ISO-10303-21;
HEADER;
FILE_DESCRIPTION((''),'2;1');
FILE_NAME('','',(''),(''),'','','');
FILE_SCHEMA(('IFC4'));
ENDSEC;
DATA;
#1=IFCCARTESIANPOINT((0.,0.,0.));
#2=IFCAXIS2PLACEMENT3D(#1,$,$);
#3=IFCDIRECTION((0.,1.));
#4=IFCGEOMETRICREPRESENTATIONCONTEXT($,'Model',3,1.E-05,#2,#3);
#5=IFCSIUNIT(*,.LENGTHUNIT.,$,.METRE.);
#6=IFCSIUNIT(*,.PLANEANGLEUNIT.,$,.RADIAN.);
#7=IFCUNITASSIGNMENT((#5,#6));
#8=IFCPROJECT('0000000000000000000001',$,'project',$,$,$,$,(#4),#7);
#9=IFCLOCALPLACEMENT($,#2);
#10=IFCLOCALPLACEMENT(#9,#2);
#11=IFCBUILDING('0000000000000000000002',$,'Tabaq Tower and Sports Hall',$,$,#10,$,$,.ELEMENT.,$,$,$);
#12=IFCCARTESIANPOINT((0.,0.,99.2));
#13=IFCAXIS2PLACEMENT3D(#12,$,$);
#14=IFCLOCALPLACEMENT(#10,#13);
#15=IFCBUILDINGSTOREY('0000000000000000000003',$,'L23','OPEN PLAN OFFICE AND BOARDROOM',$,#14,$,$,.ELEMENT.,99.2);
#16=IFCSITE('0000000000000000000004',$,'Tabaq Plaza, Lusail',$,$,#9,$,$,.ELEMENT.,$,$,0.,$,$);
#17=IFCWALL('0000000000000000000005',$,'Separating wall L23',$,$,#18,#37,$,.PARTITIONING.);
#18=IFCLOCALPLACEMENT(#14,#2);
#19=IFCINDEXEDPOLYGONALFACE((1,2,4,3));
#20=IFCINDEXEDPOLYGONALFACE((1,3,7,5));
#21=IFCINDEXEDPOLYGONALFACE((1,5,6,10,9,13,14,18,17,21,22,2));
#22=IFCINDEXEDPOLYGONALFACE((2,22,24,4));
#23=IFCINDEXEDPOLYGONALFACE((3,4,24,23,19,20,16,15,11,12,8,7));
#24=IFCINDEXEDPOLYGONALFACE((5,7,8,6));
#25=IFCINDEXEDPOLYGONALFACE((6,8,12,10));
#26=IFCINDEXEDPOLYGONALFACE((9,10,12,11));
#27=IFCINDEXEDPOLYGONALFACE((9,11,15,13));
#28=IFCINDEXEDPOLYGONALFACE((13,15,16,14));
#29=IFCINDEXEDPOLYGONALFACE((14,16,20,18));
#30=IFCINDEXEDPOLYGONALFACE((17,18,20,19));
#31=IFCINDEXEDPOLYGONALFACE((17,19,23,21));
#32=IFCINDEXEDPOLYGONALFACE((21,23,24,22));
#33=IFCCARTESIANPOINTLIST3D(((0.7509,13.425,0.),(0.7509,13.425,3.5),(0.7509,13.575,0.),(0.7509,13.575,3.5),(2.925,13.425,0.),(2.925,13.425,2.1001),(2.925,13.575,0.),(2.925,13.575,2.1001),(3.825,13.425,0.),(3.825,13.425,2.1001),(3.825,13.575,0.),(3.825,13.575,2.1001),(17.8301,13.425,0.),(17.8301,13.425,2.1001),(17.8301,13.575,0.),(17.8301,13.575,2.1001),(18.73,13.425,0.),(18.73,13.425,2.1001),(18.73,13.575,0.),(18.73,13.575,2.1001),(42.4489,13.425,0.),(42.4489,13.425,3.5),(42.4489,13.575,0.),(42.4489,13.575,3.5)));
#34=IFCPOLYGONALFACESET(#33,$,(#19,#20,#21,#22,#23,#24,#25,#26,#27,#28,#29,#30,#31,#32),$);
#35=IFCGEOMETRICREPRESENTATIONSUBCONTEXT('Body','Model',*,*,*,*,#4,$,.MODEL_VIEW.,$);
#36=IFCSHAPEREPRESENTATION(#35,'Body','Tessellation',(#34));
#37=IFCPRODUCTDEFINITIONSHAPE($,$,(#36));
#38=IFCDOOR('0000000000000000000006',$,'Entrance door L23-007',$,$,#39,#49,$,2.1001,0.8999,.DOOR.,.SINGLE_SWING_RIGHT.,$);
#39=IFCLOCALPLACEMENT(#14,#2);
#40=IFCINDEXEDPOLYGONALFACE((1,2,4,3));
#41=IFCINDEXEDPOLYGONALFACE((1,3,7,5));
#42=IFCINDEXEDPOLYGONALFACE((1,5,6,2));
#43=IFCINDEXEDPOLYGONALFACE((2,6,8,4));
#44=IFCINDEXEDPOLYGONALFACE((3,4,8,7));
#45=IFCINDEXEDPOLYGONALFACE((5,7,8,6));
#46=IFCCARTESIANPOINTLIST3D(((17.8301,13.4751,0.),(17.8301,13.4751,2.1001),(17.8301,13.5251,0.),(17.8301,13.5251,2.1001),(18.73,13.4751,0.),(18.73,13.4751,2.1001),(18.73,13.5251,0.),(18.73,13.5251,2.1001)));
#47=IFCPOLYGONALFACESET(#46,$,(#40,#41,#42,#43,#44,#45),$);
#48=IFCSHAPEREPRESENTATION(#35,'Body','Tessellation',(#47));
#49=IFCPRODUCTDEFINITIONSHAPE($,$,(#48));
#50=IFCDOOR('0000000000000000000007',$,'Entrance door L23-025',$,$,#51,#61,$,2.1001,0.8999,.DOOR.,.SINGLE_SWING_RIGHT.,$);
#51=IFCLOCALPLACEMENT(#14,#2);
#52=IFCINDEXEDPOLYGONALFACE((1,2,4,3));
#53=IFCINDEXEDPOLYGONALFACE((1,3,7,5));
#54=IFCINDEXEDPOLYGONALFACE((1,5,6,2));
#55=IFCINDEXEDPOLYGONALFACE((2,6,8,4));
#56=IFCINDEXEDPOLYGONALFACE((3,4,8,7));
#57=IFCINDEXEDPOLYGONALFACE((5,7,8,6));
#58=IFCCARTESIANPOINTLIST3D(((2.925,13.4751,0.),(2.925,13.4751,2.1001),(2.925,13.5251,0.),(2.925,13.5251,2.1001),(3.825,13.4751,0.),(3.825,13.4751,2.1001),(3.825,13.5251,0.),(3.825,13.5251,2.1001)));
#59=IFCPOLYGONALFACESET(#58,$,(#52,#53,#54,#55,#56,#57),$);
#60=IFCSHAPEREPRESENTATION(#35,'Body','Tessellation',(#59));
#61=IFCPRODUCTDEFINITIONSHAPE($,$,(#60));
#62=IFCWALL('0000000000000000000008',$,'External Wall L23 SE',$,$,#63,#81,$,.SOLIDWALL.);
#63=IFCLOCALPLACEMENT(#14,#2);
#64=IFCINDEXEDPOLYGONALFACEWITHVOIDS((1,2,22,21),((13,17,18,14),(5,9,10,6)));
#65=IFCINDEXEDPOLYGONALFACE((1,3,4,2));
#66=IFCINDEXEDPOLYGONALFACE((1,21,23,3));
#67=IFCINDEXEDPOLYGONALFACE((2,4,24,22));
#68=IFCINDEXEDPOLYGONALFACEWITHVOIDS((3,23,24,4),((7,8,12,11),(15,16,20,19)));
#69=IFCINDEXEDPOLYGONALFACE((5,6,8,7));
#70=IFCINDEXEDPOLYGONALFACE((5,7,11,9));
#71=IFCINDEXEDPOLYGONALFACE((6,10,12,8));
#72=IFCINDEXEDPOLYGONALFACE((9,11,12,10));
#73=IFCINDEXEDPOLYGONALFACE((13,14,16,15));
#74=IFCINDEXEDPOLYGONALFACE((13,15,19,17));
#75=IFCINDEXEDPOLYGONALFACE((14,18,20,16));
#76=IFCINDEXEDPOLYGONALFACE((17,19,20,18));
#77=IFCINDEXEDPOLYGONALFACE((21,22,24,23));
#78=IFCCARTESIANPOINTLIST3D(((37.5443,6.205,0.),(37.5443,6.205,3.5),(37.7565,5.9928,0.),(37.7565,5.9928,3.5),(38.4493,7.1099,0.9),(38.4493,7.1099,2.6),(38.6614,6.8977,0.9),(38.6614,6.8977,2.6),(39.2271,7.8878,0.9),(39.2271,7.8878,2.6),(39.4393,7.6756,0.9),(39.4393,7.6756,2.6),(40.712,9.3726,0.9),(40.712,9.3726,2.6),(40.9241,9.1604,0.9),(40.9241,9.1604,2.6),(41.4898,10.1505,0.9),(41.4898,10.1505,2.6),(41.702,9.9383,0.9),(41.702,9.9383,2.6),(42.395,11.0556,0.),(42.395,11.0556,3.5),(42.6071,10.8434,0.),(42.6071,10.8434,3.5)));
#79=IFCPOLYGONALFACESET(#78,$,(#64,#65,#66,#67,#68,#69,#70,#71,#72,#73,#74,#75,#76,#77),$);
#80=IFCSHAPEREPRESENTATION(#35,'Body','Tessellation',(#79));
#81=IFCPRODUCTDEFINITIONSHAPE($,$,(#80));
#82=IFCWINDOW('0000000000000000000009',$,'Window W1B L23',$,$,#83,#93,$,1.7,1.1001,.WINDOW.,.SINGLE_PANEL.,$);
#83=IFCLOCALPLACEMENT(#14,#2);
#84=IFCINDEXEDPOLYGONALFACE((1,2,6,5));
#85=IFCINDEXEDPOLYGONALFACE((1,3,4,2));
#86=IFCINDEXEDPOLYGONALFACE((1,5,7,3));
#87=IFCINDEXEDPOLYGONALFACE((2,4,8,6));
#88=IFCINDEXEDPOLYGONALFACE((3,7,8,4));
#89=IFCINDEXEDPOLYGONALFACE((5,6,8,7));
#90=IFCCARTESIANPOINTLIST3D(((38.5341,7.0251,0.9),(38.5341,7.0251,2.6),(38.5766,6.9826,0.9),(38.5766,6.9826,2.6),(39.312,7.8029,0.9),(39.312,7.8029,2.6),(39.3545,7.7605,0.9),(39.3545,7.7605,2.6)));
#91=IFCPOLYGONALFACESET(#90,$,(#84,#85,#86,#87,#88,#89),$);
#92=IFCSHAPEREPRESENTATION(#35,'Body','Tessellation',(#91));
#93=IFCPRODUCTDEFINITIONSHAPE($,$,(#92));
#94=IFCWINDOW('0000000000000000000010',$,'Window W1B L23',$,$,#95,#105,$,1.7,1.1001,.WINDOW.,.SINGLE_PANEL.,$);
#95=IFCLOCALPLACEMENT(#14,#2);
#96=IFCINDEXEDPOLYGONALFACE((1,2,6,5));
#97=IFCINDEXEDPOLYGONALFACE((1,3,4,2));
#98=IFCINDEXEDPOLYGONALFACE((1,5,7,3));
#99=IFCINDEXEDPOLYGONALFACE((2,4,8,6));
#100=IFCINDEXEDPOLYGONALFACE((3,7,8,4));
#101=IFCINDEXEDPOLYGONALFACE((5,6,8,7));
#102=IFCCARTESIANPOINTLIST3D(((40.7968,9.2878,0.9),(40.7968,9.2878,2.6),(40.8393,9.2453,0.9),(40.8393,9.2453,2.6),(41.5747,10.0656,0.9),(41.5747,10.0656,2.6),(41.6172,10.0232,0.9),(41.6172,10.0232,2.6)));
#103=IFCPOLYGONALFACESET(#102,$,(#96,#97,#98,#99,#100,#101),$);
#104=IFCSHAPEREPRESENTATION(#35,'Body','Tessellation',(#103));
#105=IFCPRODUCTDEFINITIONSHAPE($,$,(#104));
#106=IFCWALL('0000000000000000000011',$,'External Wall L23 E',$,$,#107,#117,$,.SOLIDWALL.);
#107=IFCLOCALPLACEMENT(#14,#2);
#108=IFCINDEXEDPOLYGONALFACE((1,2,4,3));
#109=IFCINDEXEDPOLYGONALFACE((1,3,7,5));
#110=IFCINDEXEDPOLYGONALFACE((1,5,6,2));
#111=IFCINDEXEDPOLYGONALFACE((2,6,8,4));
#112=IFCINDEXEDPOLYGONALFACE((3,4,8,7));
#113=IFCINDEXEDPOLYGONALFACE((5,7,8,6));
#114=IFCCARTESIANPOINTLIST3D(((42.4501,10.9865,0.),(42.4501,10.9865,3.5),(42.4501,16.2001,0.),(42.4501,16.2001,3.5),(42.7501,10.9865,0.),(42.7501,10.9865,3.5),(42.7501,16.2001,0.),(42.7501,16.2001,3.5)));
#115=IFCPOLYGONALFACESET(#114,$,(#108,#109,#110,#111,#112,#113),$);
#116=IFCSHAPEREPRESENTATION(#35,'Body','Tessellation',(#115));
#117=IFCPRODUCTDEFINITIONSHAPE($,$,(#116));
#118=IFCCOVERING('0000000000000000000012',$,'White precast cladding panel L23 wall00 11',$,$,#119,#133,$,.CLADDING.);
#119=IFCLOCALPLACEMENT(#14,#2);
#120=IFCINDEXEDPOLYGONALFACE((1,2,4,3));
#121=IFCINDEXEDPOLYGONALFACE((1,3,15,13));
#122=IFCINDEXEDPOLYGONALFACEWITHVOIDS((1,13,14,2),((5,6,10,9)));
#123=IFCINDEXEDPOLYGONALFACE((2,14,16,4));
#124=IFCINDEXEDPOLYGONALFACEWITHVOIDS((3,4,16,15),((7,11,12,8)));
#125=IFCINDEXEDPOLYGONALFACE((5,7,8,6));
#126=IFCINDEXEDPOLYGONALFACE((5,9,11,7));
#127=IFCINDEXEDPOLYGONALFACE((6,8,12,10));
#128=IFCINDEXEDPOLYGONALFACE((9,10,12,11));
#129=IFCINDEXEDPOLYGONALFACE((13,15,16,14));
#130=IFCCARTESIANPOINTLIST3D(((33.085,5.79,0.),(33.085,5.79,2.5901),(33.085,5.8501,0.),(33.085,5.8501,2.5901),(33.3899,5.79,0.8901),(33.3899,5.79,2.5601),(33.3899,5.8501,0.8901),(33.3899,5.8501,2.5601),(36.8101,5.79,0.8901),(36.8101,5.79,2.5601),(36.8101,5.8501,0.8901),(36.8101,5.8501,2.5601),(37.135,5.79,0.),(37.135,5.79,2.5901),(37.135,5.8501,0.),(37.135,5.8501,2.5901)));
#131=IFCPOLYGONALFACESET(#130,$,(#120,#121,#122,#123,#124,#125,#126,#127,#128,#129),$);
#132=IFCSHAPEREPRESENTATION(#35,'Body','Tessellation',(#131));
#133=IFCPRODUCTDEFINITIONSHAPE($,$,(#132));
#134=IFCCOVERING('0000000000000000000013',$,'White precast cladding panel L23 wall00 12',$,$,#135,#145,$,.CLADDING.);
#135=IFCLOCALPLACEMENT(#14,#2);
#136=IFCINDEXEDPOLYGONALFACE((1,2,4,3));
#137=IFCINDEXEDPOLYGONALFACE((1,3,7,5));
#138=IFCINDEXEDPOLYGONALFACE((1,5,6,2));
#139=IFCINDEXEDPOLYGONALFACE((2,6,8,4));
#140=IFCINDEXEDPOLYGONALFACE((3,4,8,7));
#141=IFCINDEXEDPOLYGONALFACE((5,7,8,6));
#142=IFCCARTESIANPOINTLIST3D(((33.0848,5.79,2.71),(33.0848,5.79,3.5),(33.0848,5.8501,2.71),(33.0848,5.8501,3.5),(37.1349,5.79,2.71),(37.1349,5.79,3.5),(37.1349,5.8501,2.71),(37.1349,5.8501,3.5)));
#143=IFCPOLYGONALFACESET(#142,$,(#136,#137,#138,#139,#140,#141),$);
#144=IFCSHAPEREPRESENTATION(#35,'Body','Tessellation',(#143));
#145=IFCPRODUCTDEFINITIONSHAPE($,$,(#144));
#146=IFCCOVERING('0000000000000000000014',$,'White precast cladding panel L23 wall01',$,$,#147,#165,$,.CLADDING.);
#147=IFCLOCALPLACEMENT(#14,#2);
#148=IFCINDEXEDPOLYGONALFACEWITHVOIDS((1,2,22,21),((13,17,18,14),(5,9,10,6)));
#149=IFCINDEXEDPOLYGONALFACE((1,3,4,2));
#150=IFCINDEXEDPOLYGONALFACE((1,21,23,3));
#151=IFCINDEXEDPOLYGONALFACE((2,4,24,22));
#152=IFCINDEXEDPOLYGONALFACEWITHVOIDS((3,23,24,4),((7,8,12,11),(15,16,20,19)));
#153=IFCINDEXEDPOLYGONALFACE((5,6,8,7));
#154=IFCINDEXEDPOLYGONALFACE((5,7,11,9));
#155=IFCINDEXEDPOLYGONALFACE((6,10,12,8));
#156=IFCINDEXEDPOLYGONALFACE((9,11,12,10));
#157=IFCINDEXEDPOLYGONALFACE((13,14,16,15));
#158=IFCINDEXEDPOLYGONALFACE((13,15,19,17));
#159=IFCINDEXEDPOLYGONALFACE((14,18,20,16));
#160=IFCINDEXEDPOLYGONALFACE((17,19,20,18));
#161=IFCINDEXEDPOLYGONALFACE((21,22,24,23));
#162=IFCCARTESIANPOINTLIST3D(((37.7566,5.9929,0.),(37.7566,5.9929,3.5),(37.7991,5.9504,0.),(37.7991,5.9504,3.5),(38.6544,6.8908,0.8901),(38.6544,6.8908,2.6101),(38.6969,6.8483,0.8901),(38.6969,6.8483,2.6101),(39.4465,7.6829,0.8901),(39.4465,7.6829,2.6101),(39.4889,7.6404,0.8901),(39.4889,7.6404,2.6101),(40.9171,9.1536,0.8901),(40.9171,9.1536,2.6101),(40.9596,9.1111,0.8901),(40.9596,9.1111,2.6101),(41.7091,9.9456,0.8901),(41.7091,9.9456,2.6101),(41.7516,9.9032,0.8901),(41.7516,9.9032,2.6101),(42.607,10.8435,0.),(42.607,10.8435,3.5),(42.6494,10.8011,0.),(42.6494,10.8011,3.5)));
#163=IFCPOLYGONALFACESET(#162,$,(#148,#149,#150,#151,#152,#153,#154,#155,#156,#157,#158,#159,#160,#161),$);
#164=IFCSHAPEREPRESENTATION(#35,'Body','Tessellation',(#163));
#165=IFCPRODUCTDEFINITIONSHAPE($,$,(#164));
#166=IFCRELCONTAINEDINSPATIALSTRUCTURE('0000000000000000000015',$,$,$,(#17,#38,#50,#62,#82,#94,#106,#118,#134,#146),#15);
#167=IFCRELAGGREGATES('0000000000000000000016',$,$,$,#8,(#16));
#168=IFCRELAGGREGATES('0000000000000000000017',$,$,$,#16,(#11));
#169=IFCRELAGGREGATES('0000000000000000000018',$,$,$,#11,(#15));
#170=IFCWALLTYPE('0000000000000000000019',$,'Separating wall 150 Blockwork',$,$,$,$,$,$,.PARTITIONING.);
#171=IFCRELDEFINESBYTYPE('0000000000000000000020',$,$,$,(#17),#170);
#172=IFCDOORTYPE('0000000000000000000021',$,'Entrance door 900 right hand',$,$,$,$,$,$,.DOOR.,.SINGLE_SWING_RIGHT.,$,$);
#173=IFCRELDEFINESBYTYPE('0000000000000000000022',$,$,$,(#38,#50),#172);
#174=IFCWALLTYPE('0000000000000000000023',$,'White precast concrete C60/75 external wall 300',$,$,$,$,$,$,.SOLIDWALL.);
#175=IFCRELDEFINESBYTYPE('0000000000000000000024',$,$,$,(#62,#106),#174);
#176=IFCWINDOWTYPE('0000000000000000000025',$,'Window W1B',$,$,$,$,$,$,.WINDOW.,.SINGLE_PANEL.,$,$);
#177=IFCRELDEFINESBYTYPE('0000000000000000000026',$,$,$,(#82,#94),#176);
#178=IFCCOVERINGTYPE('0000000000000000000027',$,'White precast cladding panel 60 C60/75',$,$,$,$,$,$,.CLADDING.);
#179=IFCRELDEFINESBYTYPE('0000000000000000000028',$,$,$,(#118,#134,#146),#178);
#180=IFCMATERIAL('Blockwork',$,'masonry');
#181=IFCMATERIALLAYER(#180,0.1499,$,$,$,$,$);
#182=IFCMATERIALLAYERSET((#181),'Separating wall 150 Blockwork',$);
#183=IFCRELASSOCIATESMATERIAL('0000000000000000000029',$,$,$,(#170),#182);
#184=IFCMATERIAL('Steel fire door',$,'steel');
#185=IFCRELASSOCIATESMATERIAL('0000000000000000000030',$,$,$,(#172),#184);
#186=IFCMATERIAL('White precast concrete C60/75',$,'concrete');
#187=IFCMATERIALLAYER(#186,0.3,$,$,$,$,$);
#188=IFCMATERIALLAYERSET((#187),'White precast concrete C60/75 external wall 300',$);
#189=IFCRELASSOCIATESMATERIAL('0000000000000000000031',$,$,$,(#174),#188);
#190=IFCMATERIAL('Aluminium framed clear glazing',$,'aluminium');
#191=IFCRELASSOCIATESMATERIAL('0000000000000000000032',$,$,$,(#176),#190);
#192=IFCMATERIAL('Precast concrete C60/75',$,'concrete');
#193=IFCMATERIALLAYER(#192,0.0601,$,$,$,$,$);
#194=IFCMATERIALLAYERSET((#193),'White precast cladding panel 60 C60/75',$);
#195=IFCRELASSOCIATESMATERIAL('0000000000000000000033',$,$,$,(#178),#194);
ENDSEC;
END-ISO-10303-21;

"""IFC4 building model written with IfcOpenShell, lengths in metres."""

from ifc_helpers import new_model, si_unit, direction, frame, frame_2d, origin, place, context, subcontext, project, spatial, polyline, rectangle, outline, extrude, material, layer, layer_set, type_object, element, fill, save


model = new_model("IFC4")

# Units and contexts
model_context = context("Model", 3, precision=1e-05, world=origin(), true_north=direction((0.0, 1.0)))
body_context = subcontext(model_context, "Body", "Model", "MODEL_VIEW")
ifc_project = project(units=[si_unit("LENGTHUNIT", "METRE"), si_unit("PLANEANGLEUNIT", "RADIAN")], contexts=[model_context])

# Site, building, storey
site_placement = place(None, origin())
site = spatial("IfcSite", under=ifc_project, at=site_placement, Name="Tabaq Plaza, Lusail", CompositionType="ELEMENT", RefElevation=0.0)
building_placement = place(site_placement, origin())
building = spatial("IfcBuilding", under=site, at=building_placement, Name="Tabaq Tower and Sports Hall", CompositionType="ELEMENT")
storey_placement = place(building_placement, frame((0.0, 0.0, 99.2)))
storey = spatial("IfcBuildingStorey", under=building, at=storey_placement, Name="L23", Description="OPEN PLAN OFFICE AND BOARDROOM", CompositionType="ELEMENT", Elevation=99.2)

# Wall, openings, doors
ifc_material_1 = material(Name="Blockwork", Category="masonry")
ifc_layer_1 = layer(ifc_material_1, 0.1499)
ifc_layer_set_1 = layer_set([ifc_layer_1], Name="Separating wall 150 Blockwork")
wall_type_1 = type_object("IfcWallType", Name="Separating wall 150 Blockwork", PredefinedType="PARTITIONING", material=ifc_layer_set_1)
wall_1_placement = place(storey_placement, frame((42.449, 13.5, 0.0), z_axis=(0.0, 0.0, 1.0), x_axis=(-1.0, 0.0, 0.0)))
wall_1 = element("IfcWall", 1, at=wall_1_placement, inside=storey, type_object=wall_type_1, Name="Separating wall L23", PredefinedType="PARTITIONING", context=body_context, shape_type="SweptSolid", body=[
    extrude(rectangle(XDim=41.698, YDim=0.1499, at=frame_2d((20.8491, 0.0))), origin(), (0.0, 0.0, 1.0), 3.5),
])
opening_1_placement = place(wall_1_placement, frame((23.719, 0.0, 0.0)))
opening_1 = element("IfcOpeningElement", 2, at=opening_1_placement, cuts=wall_1, PredefinedType="OPENING", context=body_context, shape_type="SweptSolid", body=[
    extrude(rectangle(XDim=0.8999, YDim=2.1001, at=frame_2d((0.45, 1.05))), frame((0.0, 0.075, 0.0), z_axis=(0.0, -1.0, 0.0), x_axis=(1.0, 0.0, 0.0)), (0.0, 0.0, 1.0), 0.1499),
])
opening_2_placement = place(wall_1_placement, frame((38.624, 0.0, 0.0)))
opening_2 = element("IfcOpeningElement", 3, at=opening_2_placement, cuts=wall_1, PredefinedType="OPENING", context=body_context, shape_type="SweptSolid", body=[
    extrude(rectangle(XDim=0.8999, YDim=2.1001, at=frame_2d((0.45, 1.05))), frame((0.0, 0.075, 0.0), z_axis=(0.0, -1.0, 0.0), x_axis=(1.0, 0.0, 0.0)), (0.0, 0.0, 1.0), 0.1499),
])
ifc_material_2 = material(Name="Steel fire door", Category="steel")
door_type_1 = type_object("IfcDoorType", Name="Entrance door 900 right hand", OperationType="SINGLE_SWING_RIGHT", PredefinedType="DOOR", material=ifc_material_2)
door_1_placement = place(opening_1_placement, origin())
door_1 = element("IfcDoor", 4, at=door_1_placement, inside=storey, type_object=door_type_1, Name="Entrance door L23-007", OperationType="SINGLE_SWING_RIGHT", OverallHeight=2.1001, OverallWidth=0.8999, PredefinedType="DOOR", context=body_context, shape_type="SweptSolid", body=[
    extrude(rectangle(XDim=0.8999, YDim=2.1001, at=frame_2d((0.45, 1.05))), frame((0.0, 0.0249, 0.0), z_axis=(0.0, -1.0, 0.0), x_axis=(1.0, 0.0, 0.0)), (0.0, 0.0, 1.0), 0.05),
])
fill(opening_1, door_1)
door_2_placement = place(opening_2_placement, origin())
door_2 = element("IfcDoor", 5, at=door_2_placement, inside=storey, type_object=door_type_1, Name="Entrance door L23-025", OperationType="SINGLE_SWING_RIGHT", OverallHeight=2.1001, OverallWidth=0.8999, PredefinedType="DOOR", context=body_context, shape_type="SweptSolid", body=[
    extrude(rectangle(XDim=0.8999, YDim=2.1001, at=frame_2d((0.45, 1.05))), frame((0.0, 0.0249, 0.0), z_axis=(0.0, -1.0, 0.0), x_axis=(1.0, 0.0, 0.0)), (0.0, 0.0, 1.0), 0.05),
])
fill(opening_2, door_2)

# Wall, openings, windows
ifc_material_3 = material(Name="White precast concrete C60/75", Category="concrete")
ifc_layer_2 = layer(ifc_material_3, 0.3)
ifc_layer_set_2 = layer_set([ifc_layer_2], Name="White precast concrete C60/75 external wall 300")
wall_type_2 = type_object("IfcWallType", Name="White precast concrete C60/75 external wall 300", PredefinedType="SOLIDWALL", material=ifc_layer_set_2)
wall_2_placement = place(storey_placement, frame((37.6504, 6.0989, 0.0), z_axis=(0.0, 0.0, 1.0), x_axis=(0.707107, 0.707107, 0.0)))
wall_2 = element("IfcWall", 6, at=wall_2_placement, inside=storey, type_object=wall_type_2, Name="External Wall L23 SE", PredefinedType="SOLIDWALL", context=body_context, shape_type="SweptSolid", body=[
    extrude(rectangle(XDim=6.8599, YDim=0.3, at=frame_2d((3.4299, 0.0))), origin(), (0.0, 0.0, 1.0), 3.5),
])
opening_3_placement = place(wall_2_placement, frame((1.2798, 0.0, 0.8999)))
opening_3 = element("IfcOpeningElement", 7, at=opening_3_placement, cuts=wall_2, PredefinedType="OPENING", context=body_context, shape_type="SweptSolid", body=[
    extrude(rectangle(XDim=1.1001, YDim=1.7, at=frame_2d((0.55, 0.8501))), frame((0.0, 0.1602, 0.0), z_axis=(0.0, -1.0, 0.0), x_axis=(1.0, 0.0, 0.0)), (0.0, 0.0, 1.0), 0.3201),
])
opening_4_placement = place(wall_2_placement, frame((4.4797, 0.0, 0.8999)))
opening_4 = element("IfcOpeningElement", 8, at=opening_4_placement, cuts=wall_2, PredefinedType="OPENING", context=body_context, shape_type="SweptSolid", body=[
    extrude(rectangle(XDim=1.1001, YDim=1.7, at=frame_2d((0.55, 0.8501))), frame((0.0, 0.1602, 0.0), z_axis=(0.0, -1.0, 0.0), x_axis=(1.0, 0.0, 0.0)), (0.0, 0.0, 1.0), 0.3201),
])
ifc_material_4 = material(Name="Aluminium framed clear glazing", Category="aluminium")
window_type = type_object("IfcWindowType", Name="Window W1B", PartitioningType="SINGLE_PANEL", PredefinedType="WINDOW", material=ifc_material_4)
window_1_placement = place(opening_3_placement, origin())
window_1 = element("IfcWindow", 9, at=window_1_placement, inside=storey, type_object=window_type, Name="Window W1B L23", OverallHeight=1.7, OverallWidth=1.1001, PartitioningType="SINGLE_PANEL", PredefinedType="WINDOW", context=body_context, shape_type="SweptSolid", body=[
    extrude(rectangle(XDim=1.1001, YDim=1.7, at=frame_2d((0.55, 0.8501))), frame((0.0, 0.03, 0.0), z_axis=(0.0, -1.0, 0.0), x_axis=(1.0, 0.0, 0.0)), (0.0, 0.0, 1.0), 0.0601),
])
fill(opening_3, window_1)
window_2_placement = place(opening_4_placement, origin())
window_2 = element("IfcWindow", 10, at=window_2_placement, inside=storey, type_object=window_type, Name="Window W1B L23", OverallHeight=1.7, OverallWidth=1.1001, PartitioningType="SINGLE_PANEL", PredefinedType="WINDOW", context=body_context, shape_type="SweptSolid", body=[
    extrude(rectangle(XDim=1.1001, YDim=1.7, at=frame_2d((0.55, 0.8501))), frame((0.0, 0.03, 0.0), z_axis=(0.0, -1.0, 0.0), x_axis=(1.0, 0.0, 0.0)), (0.0, 0.0, 1.0), 0.0601),
])
fill(opening_4, window_2)

# Wall
wall_3_placement = place(storey_placement, frame((42.6001, 10.9863, 0.0), z_axis=(0.0, 0.0, 1.0), x_axis=(0.0, 1.0, 0.0)))
element("IfcWall", 11, at=wall_3_placement, inside=storey, type_object=wall_type_2, Name="External Wall L23 E", PredefinedType="SOLIDWALL", context=body_context, shape_type="SweptSolid", body=[
    extrude(rectangle(XDim=5.2136, YDim=0.3, at=frame_2d((2.6069, 0.0))), origin(), (0.0, 0.0, 1.0), 3.5),
])

# Coverings
ifc_material_5 = material(Name="Precast concrete C60/75", Category="concrete")
ifc_layer_3 = layer(ifc_material_5, 0.0601)
ifc_layer_set_3 = layer_set([ifc_layer_3], Name="White precast cladding panel 60 C60/75")
covering_type = type_object("IfcCoveringType", Name="White precast cladding panel 60 C60/75", PredefinedType="CLADDING", material=ifc_layer_set_3)
covering_1_placement = place(storey_placement, frame((33.085, 5.8201, 0.0), z_axis=(0.0, 0.0, 1.0), x_axis=(1.0, 0.0, 0.0)))
element("IfcCovering", 12, at=covering_1_placement, inside=storey, type_object=covering_type, Name="White precast cladding panel L23 wall00 11", PredefinedType="CLADDING", context=body_context, shape_type="SweptSolid", body=[
    extrude(outline(polyline([(0.0, 0.0), (4.05, 0.0), (4.05, 2.5901), (0.0, 2.5901), (0.0, 0.0)]), holes=[polyline([(3.7251, 0.8901), (0.3049, 0.8901), (0.3049, 2.5601), (3.7251, 2.5601), (3.7251, 0.8901)])]), frame((0.0, 0.03, 0.0), z_axis=(0.0, -1.0, 0.0), x_axis=(1.0, 0.0, 0.0)), (0.0, 0.0, 1.0), 0.0601),
])
covering_2_placement = place(storey_placement, frame((33.085, 5.8201, 2.71), z_axis=(0.0, 0.0, 1.0), x_axis=(1.0, 0.0, 0.0)))
element("IfcCovering", 13, at=covering_2_placement, inside=storey, type_object=covering_type, Name="White precast cladding panel L23 wall00 12", PredefinedType="CLADDING", context=body_context, shape_type="SweptSolid", body=[
    extrude(rectangle(XDim=4.05, YDim=0.0601, at=frame_2d((2.0249, 0.0))), origin(), (0.0, 0.0, 1.0), 0.79),
])
covering_3_placement = place(storey_placement, frame((37.7778, 5.9717, 0.0), z_axis=(0.0, 0.0, 1.0), x_axis=(0.707089, 0.707125, 0.0)))
element("IfcCovering", 14, at=covering_3_placement, inside=storey, type_object=covering_type, Name="White precast cladding panel L23 wall01", PredefinedType="CLADDING", context=body_context, shape_type="SweptSolid", body=[
    extrude(outline(polyline([(0.0, 0.0), (6.8596, 0.0), (6.8596, 3.5), (0.0, 3.5), (0.0, 0.0)]), holes=[polyline([(1.2698, 2.6101), (2.3899, 2.6101), (2.3899, 0.8901), (1.2698, 0.8901), (1.2698, 2.6101)]), polyline([(4.4697, 2.6101), (5.5898, 2.6101), (5.5898, 0.8901), (4.4697, 0.8901), (4.4697, 2.6101)])]), frame((0.0, 0.03, 0.0), z_axis=(0.0, -1.0, 0.0), x_axis=(1.0, 0.0, 0.0)), (0.0, 0.0, 1.0), 0.0601),
])

save(model, "model.ifc")
